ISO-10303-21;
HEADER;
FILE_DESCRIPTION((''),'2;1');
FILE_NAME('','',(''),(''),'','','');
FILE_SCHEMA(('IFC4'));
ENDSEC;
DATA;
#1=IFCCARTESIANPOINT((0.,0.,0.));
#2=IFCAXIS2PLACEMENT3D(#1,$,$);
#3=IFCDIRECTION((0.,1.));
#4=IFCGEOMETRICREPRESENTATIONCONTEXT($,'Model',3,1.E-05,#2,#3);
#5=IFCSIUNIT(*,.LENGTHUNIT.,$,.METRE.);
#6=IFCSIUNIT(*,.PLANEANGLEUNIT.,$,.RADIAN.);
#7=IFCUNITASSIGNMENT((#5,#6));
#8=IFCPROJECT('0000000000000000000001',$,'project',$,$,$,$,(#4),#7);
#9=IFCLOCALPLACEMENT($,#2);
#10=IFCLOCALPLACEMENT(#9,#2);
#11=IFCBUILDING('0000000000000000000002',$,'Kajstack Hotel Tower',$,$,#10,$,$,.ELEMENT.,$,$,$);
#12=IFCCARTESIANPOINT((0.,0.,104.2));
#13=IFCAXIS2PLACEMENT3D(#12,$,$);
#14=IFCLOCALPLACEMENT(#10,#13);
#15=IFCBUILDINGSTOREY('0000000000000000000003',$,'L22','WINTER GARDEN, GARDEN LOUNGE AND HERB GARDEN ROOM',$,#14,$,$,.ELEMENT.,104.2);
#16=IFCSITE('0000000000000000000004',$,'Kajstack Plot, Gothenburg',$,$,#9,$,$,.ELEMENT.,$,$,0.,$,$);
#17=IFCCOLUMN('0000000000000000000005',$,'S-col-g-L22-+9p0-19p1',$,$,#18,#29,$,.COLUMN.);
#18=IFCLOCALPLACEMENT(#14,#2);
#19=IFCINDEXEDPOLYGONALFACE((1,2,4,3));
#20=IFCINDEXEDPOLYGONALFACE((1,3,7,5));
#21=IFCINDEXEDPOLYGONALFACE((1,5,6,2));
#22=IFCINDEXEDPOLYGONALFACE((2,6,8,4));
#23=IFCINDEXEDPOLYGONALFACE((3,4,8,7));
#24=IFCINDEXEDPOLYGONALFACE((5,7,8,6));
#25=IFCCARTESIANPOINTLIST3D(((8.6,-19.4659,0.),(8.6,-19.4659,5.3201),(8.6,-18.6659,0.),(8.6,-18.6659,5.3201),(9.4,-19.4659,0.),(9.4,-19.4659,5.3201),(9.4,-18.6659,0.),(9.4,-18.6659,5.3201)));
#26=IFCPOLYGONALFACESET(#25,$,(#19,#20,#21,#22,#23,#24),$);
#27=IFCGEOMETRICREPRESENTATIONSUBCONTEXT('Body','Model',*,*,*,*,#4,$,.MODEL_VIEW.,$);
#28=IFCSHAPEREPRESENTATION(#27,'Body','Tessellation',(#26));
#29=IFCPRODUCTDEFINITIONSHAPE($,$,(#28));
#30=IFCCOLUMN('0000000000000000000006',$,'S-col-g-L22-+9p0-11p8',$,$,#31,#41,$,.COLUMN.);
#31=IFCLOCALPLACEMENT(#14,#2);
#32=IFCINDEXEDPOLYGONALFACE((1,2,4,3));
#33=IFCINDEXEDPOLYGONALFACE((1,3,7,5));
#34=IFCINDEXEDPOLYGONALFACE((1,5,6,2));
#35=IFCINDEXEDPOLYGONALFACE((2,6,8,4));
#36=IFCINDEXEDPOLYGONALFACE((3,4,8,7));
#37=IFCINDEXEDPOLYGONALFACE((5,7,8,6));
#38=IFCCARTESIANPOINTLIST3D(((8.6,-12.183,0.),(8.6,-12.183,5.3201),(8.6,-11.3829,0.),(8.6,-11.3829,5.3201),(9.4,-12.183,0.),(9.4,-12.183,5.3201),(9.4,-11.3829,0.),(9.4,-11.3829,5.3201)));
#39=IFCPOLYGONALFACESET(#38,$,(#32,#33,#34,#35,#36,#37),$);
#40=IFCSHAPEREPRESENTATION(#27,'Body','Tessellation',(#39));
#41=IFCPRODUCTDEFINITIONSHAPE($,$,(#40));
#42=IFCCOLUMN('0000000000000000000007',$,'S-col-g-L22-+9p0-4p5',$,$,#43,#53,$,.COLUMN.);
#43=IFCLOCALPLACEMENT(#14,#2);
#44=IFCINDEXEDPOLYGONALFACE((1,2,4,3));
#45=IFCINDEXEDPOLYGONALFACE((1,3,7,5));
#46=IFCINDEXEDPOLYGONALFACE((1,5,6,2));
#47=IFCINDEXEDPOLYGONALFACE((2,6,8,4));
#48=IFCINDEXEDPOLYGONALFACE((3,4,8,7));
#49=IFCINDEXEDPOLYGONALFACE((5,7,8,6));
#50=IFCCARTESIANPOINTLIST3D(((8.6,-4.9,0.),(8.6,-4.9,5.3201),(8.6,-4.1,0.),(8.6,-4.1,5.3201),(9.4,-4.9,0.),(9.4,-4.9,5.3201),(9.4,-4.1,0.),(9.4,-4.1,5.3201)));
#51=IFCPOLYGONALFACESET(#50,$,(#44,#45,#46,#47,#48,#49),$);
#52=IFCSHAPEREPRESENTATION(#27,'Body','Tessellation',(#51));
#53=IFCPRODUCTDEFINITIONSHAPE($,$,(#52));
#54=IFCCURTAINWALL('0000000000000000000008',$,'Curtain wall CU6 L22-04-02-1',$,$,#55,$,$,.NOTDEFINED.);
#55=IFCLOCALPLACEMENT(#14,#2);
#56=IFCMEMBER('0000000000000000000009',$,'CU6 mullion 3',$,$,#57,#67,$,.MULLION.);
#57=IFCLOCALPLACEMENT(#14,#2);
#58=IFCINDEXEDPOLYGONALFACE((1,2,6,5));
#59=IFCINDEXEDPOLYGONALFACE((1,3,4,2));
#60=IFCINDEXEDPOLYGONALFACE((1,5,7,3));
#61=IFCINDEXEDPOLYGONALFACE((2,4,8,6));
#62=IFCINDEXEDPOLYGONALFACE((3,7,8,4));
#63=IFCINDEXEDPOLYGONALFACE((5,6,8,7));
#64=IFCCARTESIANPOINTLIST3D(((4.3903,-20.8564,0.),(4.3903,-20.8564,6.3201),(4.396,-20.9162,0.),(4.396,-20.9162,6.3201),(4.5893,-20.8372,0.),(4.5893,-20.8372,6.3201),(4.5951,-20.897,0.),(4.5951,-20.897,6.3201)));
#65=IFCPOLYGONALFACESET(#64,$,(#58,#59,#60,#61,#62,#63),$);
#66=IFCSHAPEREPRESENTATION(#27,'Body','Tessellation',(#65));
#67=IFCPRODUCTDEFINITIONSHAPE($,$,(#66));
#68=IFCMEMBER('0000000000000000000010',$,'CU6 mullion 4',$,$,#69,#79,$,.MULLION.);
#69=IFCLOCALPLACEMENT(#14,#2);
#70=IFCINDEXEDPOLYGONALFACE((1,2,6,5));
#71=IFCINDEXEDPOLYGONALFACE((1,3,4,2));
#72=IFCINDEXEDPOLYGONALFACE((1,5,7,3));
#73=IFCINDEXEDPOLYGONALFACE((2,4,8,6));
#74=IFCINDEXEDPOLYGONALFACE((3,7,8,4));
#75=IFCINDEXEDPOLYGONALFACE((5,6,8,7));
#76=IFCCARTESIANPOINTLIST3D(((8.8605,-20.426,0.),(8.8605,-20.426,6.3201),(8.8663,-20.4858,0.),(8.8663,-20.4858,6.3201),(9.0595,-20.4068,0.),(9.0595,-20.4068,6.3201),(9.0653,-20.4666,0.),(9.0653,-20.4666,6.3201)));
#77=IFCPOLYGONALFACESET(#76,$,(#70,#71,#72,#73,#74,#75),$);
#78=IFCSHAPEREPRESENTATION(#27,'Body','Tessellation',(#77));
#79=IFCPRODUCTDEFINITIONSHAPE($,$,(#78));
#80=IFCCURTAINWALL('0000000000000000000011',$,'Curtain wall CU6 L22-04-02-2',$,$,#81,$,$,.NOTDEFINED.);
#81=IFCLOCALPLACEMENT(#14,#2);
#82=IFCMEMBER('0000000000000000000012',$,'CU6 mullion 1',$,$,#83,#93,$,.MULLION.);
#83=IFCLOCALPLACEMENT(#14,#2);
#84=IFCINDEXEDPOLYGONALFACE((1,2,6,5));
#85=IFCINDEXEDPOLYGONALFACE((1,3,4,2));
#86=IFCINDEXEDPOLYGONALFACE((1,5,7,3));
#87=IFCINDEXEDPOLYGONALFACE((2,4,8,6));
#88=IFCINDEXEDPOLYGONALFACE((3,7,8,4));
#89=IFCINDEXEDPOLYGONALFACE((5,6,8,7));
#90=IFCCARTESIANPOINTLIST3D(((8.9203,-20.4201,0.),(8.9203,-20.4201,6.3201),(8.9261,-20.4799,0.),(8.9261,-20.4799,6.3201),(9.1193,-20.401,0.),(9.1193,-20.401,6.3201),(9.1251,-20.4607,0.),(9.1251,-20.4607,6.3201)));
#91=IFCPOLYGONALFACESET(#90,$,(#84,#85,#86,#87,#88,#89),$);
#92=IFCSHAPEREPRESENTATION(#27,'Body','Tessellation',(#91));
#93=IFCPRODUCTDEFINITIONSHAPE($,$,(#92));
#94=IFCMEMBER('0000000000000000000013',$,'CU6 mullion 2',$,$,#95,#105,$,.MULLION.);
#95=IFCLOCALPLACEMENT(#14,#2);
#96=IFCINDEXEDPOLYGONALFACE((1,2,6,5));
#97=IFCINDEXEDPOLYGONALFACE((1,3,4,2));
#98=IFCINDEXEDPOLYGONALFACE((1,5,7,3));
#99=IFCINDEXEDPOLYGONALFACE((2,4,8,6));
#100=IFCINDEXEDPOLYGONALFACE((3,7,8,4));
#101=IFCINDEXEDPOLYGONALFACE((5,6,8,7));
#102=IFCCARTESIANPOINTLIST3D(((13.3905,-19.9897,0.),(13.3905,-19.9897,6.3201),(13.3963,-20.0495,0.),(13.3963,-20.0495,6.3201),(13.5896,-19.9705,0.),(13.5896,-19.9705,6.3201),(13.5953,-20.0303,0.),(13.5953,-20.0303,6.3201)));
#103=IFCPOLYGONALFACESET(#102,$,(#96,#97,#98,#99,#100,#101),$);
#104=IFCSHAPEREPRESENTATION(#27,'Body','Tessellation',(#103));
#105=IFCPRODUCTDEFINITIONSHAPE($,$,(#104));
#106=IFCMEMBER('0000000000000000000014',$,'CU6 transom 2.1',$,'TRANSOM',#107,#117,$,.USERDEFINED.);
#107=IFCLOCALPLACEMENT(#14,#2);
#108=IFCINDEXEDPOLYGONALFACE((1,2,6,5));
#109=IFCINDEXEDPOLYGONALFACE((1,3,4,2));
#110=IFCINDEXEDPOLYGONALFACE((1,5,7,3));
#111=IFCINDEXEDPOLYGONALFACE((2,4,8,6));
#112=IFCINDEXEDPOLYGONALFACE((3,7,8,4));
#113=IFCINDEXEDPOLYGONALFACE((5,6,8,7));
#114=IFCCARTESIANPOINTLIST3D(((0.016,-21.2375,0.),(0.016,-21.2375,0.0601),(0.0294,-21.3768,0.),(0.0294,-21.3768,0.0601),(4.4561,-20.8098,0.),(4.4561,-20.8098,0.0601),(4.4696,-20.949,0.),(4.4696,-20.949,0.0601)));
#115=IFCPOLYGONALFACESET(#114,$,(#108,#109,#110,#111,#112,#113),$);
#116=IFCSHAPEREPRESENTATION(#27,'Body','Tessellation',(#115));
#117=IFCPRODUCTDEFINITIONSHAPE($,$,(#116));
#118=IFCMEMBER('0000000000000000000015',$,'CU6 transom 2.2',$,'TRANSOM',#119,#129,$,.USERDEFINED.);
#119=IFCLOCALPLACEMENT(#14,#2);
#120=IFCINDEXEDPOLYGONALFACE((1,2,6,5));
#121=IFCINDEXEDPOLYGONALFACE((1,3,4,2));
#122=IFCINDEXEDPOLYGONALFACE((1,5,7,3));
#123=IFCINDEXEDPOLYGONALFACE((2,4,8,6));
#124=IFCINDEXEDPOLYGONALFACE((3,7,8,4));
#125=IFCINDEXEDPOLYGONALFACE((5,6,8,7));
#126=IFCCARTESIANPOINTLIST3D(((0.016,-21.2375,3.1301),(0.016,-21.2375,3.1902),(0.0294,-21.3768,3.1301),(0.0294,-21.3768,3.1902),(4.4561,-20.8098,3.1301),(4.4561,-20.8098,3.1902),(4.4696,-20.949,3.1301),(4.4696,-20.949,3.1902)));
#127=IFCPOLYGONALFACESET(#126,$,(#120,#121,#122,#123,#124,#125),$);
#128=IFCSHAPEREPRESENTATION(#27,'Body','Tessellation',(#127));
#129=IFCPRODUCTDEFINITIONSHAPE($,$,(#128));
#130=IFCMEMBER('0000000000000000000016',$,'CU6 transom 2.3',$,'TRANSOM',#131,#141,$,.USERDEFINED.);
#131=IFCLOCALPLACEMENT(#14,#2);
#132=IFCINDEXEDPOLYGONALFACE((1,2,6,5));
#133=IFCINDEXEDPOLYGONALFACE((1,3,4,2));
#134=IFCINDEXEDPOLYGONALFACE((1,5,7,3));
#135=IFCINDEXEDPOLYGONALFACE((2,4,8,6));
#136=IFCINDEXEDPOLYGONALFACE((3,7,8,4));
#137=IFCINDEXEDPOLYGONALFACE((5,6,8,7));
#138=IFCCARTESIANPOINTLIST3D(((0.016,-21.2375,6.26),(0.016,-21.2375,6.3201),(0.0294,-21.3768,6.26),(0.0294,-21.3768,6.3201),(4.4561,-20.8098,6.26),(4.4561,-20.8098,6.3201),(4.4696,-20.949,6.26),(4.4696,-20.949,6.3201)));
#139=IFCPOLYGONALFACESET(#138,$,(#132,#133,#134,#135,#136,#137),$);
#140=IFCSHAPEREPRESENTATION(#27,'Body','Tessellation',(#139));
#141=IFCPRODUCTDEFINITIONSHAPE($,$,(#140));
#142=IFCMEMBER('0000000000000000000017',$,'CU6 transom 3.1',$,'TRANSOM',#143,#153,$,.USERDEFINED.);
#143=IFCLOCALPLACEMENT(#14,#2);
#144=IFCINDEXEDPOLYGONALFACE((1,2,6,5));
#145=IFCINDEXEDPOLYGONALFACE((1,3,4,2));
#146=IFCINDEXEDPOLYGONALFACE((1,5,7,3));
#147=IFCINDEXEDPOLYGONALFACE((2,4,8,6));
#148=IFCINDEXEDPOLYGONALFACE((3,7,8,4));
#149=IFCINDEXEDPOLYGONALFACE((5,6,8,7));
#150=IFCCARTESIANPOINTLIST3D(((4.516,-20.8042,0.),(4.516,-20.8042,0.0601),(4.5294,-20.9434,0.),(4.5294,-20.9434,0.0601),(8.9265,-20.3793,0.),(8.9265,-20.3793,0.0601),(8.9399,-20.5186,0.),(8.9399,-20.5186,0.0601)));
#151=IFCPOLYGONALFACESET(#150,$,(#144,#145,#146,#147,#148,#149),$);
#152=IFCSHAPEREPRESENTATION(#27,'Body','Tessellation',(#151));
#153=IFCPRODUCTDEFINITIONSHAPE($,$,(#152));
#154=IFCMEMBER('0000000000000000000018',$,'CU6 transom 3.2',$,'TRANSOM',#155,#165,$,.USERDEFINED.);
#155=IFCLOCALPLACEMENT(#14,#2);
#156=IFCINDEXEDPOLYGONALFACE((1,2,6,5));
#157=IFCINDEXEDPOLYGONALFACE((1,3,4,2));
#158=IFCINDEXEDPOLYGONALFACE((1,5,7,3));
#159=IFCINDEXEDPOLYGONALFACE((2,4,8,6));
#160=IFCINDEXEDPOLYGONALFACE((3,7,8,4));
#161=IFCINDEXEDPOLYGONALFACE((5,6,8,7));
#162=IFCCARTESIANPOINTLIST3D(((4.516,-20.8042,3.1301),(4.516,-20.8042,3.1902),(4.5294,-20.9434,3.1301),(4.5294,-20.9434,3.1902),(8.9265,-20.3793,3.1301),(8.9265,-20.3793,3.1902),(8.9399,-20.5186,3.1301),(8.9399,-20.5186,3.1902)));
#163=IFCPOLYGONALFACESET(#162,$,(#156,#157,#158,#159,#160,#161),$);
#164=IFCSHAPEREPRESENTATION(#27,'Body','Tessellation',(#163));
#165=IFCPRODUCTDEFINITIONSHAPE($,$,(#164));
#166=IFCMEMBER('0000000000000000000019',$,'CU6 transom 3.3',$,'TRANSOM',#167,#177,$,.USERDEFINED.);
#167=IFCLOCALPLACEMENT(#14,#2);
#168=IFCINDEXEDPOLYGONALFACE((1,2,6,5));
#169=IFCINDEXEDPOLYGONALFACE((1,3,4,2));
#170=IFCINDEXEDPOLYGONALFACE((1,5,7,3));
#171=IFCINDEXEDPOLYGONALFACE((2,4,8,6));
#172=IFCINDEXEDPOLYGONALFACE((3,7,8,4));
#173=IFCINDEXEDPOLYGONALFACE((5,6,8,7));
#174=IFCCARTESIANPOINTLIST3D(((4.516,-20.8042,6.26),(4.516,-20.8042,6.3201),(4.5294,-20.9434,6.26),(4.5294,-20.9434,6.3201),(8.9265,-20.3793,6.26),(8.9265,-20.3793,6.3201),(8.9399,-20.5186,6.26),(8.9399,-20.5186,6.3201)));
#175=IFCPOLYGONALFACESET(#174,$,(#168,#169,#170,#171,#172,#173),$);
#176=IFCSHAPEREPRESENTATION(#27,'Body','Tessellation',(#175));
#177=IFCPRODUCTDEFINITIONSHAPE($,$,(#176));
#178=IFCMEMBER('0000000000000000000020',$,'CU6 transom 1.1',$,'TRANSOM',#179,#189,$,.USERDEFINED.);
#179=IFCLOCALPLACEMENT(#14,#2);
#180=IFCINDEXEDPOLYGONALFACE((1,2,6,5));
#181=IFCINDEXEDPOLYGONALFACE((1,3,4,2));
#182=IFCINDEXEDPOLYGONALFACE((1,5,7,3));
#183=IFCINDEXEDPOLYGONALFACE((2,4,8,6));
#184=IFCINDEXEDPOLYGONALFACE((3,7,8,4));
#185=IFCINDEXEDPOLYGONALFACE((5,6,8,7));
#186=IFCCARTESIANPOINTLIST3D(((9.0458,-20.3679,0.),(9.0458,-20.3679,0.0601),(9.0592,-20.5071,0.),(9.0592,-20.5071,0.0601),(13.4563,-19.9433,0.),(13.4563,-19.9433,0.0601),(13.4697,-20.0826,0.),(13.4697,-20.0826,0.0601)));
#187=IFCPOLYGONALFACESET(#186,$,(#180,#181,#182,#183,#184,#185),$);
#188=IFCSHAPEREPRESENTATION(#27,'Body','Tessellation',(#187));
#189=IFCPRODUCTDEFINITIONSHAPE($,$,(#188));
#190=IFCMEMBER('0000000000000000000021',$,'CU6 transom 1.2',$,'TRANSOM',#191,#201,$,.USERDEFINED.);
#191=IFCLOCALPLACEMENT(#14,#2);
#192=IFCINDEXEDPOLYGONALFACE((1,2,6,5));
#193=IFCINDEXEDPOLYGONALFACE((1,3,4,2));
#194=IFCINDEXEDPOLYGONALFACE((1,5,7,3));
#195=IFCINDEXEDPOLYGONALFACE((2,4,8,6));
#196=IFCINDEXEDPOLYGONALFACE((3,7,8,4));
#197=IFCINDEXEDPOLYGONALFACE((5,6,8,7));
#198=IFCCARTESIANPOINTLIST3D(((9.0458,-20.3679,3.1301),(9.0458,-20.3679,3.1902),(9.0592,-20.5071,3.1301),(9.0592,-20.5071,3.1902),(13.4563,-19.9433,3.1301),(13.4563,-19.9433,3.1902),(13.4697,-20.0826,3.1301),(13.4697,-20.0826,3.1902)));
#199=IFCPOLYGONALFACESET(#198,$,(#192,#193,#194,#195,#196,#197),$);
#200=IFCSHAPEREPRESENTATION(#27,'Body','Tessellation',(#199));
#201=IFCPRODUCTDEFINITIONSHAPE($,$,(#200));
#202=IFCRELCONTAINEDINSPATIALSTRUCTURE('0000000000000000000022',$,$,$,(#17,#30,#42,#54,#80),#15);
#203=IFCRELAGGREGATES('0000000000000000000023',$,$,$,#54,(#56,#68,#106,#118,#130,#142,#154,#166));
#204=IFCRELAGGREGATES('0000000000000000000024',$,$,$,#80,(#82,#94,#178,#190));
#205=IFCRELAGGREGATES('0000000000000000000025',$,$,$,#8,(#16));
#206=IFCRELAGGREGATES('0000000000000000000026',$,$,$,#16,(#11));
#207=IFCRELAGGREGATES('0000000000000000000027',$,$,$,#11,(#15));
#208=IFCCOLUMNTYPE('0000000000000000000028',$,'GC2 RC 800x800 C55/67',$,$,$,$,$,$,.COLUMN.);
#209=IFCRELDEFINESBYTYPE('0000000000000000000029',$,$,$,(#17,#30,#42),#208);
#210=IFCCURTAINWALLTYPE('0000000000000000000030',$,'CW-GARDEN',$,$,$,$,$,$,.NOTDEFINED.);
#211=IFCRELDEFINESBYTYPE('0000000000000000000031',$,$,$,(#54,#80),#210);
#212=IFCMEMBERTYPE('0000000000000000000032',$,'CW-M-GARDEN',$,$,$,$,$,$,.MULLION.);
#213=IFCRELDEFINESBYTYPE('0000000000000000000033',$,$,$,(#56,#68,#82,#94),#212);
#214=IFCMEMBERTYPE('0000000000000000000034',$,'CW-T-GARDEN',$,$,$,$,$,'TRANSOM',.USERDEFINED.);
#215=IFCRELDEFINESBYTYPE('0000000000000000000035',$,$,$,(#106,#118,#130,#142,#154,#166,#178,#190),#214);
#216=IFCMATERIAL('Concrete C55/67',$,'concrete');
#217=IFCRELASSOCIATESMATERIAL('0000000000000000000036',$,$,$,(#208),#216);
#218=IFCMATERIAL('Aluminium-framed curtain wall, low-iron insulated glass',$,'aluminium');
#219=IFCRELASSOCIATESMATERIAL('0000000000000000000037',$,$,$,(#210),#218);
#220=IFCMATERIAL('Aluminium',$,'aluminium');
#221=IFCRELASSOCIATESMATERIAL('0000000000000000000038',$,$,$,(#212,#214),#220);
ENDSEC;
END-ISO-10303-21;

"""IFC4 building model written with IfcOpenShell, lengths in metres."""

from ifc_helpers import new_model, si_unit, direction, frame, origin, origin_2d, place, context, subcontext, project, spatial, rectangle, extrude, material, material_profile, profile_set, type_object, element, aggregate, save


model = new_model("IFC4")

# Units and contexts
model_context = context("Model", 3, precision=1e-05, world=origin(), true_north=direction((0.0, 1.0)))
body_context = subcontext(model_context, "Body", "Model", "MODEL_VIEW")
ifc_project = project(units=[si_unit("LENGTHUNIT", "METRE"), si_unit("PLANEANGLEUNIT", "RADIAN")], contexts=[model_context])

# Site, building, storey
site_placement = place(None, origin())
site = spatial("IfcSite", under=ifc_project, at=site_placement, Name="Kajstack Plot, Gothenburg", CompositionType="ELEMENT", RefElevation=0.0)
building_placement = place(site_placement, origin())
building = spatial("IfcBuilding", under=site, at=building_placement, Name="Kajstack Hotel Tower", CompositionType="ELEMENT")
storey_placement = place(building_placement, frame((0.0, 0.0, 104.2)))
storey = spatial("IfcBuildingStorey", under=building, at=storey_placement, Name="L22", Description="WINTER GARDEN, GARDEN LOUNGE AND HERB GARDEN ROOM", CompositionType="ELEMENT", Elevation=104.2)

# Columns
ifc_material_1 = material(Name="Concrete C55/67", Category="concrete")
ifc_material_profile_1 = material_profile(ifc_material_1, rectangle(XDim=0.8, YDim=0.8, at=origin_2d()), Name="RC 800x800")
ifc_profile_set_1 = profile_set([ifc_material_profile_1], Name="Concrete C55/67")
column_type = type_object("IfcColumnType", Name="GC2 RC 800x800 C55/67", PredefinedType="COLUMN", material=ifc_profile_set_1)
for number, where, z_axis, x_axis, name in (
    (1, (9.0, -19.0659, 0.0), (0.0, 0.0, 1.0), (1.0, 0.0, 0.0), "S-col-g-L22-+9p0-19p1"),
    (2, (9.0, -11.783, 0.0), (0.0, 0.0, 1.0), (1.0, 0.0, 0.0), "S-col-g-L22-+9p0-11p8"),
    (3, (9.0, -4.5, 0.0), (0.0, 0.0, 1.0), (1.0, 0.0, 0.0), "S-col-g-L22-+9p0-4p5"),
):
    element("IfcColumn", number, at=place(storey_placement, frame(where, z_axis=z_axis, x_axis=x_axis)), inside=storey, type_object=column_type, Name=name, PredefinedType="COLUMN", context=body_context, shape_type="SweptSolid", body=[
        extrude(rectangle(XDim=0.8, YDim=0.8, at=origin_2d()), origin(), (0.0, 0.0, 1.0), 5.3201),
    ])

# Curtain walls, members
ifc_material_2 = material(Name="Aluminium-framed curtain wall, low-iron insulated glass", Category="aluminium")
curtain_wall_type = type_object("IfcCurtainWallType", Name="CW-GARDEN", PredefinedType="NOTDEFINED", material=ifc_material_2)
curtain_wall_1_placement = place(storey_placement, origin())
curtain_wall_1 = element("IfcCurtainWall", 4, at=curtain_wall_1_placement, inside=storey, type_object=curtain_wall_type, Name="Curtain wall CU6 L22-04-02-1", PredefinedType="NOTDEFINED")
ifc_material_3 = material(Name="Aluminium", Category="aluminium")
ifc_material_profile_2 = material_profile(ifc_material_3, rectangle(XDim=0.0601, YDim=0.2, at=origin_2d()), Name="Aluminium mullion 60 x 200")
ifc_profile_set_2 = profile_set([ifc_material_profile_2], Name="Aluminium")
member_type_1 = type_object("IfcMemberType", Name="CW-M-GARDEN", PredefinedType="MULLION", material=ifc_profile_set_2)
member_1_placement = place(storey_placement, frame((4.4927, -20.8767, 0.0), z_axis=(0.0, 0.0, 1.0), x_axis=(-0.095846, 0.995396, 0.0)))
member_1 = element("IfcMember", 5, at=member_1_placement, type_object=member_type_1, Name="CU6 mullion 3", PredefinedType="MULLION", context=body_context, shape_type="SweptSolid", body=[
    extrude(rectangle(XDim=0.0601, YDim=0.2, at=origin_2d()), origin(), (0.0, 0.0, 1.0), 6.3201),
])
member_2_placement = place(storey_placement, frame((8.9629, -20.4463, 0.0), z_axis=(0.0, 0.0, 1.0), x_axis=(-0.095846, 0.995396, 0.0)))
member_2 = element("IfcMember", 6, at=member_2_placement, type_object=member_type_1, Name="CU6 mullion 4", PredefinedType="MULLION", context=body_context, shape_type="SweptSolid", body=[
    extrude(rectangle(XDim=0.0601, YDim=0.2, at=origin_2d()), origin(), (0.0, 0.0, 1.0), 6.3201),
])
curtain_wall_2_placement = place(storey_placement, origin())
curtain_wall_2 = element("IfcCurtainWall", 7, at=curtain_wall_2_placement, inside=storey, type_object=curtain_wall_type, Name="Curtain wall CU6 L22-04-02-2", PredefinedType="NOTDEFINED")
member_3_placement = place(storey_placement, frame((9.0227, -20.4404, 0.0), z_axis=(0.0, 0.0, 1.0), x_axis=(-0.095846, 0.995396, 0.0)))
member_3 = element("IfcMember", 8, at=member_3_placement, type_object=member_type_1, Name="CU6 mullion 1", PredefinedType="MULLION", context=body_context, shape_type="SweptSolid", body=[
    extrude(rectangle(XDim=0.0601, YDim=0.2, at=origin_2d()), origin(), (0.0, 0.0, 1.0), 6.3201),
])
member_4_placement = place(storey_placement, frame((13.4929, -20.01, 0.0), z_axis=(0.0, 0.0, 1.0), x_axis=(-0.095846, 0.995396, 0.0)))
member_4 = element("IfcMember", 9, at=member_4_placement, type_object=member_type_1, Name="CU6 mullion 2", PredefinedType="MULLION", context=body_context, shape_type="SweptSolid", body=[
    extrude(rectangle(XDim=0.0601, YDim=0.2, at=origin_2d()), origin(), (0.0, 0.0, 1.0), 6.3201),
])

# Members
ifc_material_profile_3 = material_profile(ifc_material_3, rectangle(XDim=0.1399, YDim=0.0601, at=origin_2d()), Name="Aluminium transom 140 x 60")
ifc_profile_set_3 = profile_set([ifc_material_profile_3], Name="Aluminium")
member_type_2 = type_object("IfcMemberType", Name="CW-T-GARDEN", ElementType="TRANSOM", PredefinedType="USERDEFINED", material=ifc_profile_set_3)
member_5_placement = place(storey_placement, frame((0.0227, -21.3071, 0.03), z_axis=(0.995392, 0.095889, 0.0), x_axis=(-0.095889, 0.995392, 0.0)))
member_5 = element("IfcMember", 10, at=member_5_placement, type_object=member_type_2, Name="CU6 transom 2.1", ObjectType="TRANSOM", PredefinedType="USERDEFINED", context=body_context, shape_type="SweptSolid", body=[
    extrude(rectangle(XDim=0.1399, YDim=0.0601, at=origin_2d()), origin(), (0.0, 0.0, 1.0), 4.4607),
])
member_6_placement = place(storey_placement, frame((0.0227, -21.3071, 3.1602), z_axis=(0.995392, 0.095889, 0.0), x_axis=(-0.095889, 0.995392, 0.0)))
member_6 = element("IfcMember", 11, at=member_6_placement, type_object=member_type_2, Name="CU6 transom 2.2", ObjectType="TRANSOM", PredefinedType="USERDEFINED", context=body_context, shape_type="SweptSolid", body=[
    extrude(rectangle(XDim=0.1399, YDim=0.0601, at=origin_2d()), origin(), (0.0, 0.0, 1.0), 4.4607),
])
member_7_placement = place(storey_placement, frame((0.0227, -21.3071, 6.29), z_axis=(0.995392, 0.095889, 0.0), x_axis=(-0.095889, 0.995392, 0.0)))
member_7 = element("IfcMember", 12, at=member_7_placement, type_object=member_type_2, Name="CU6 transom 2.3", ObjectType="TRANSOM", PredefinedType="USERDEFINED", context=body_context, shape_type="SweptSolid", body=[
    extrude(rectangle(XDim=0.1399, YDim=0.0601, at=origin_2d()), origin(), (0.0, 0.0, 1.0), 4.4607),
])
member_8_placement = place(storey_placement, frame((4.5227, -20.8738, 0.03), z_axis=(0.995393, 0.095875, 0.0), x_axis=(-0.095875, 0.995393, 0.0)))
member_8 = element("IfcMember", 13, at=member_8_placement, type_object=member_type_2, Name="CU6 transom 3.1", ObjectType="TRANSOM", PredefinedType="USERDEFINED", context=body_context, shape_type="SweptSolid", body=[
    extrude(rectangle(XDim=0.1399, YDim=0.0601, at=origin_2d()), origin(), (0.0, 0.0, 1.0), 4.4309),
])
member_9_placement = place(storey_placement, frame((4.5227, -20.8738, 3.1602), z_axis=(0.995393, 0.095875, 0.0), x_axis=(-0.095875, 0.995393, 0.0)))
member_9 = element("IfcMember", 14, at=member_9_placement, type_object=member_type_2, Name="CU6 transom 3.2", ObjectType="TRANSOM", PredefinedType="USERDEFINED", context=body_context, shape_type="SweptSolid", body=[
    extrude(rectangle(XDim=0.1399, YDim=0.0601, at=origin_2d()), origin(), (0.0, 0.0, 1.0), 4.4309),
])
member_10_placement = place(storey_placement, frame((4.5227, -20.8738, 6.29), z_axis=(0.995393, 0.095875, 0.0), x_axis=(-0.095875, 0.995393, 0.0)))
member_10 = element("IfcMember", 15, at=member_10_placement, type_object=member_type_2, Name="CU6 transom 3.3", ObjectType="TRANSOM", PredefinedType="USERDEFINED", context=body_context, shape_type="SweptSolid", body=[
    extrude(rectangle(XDim=0.1399, YDim=0.0601, at=origin_2d()), origin(), (0.0, 0.0, 1.0), 4.4309),
])
member_11_placement = place(storey_placement, frame((9.0525, -20.4375, 0.03), z_axis=(0.995399, 0.095821, 0.0), x_axis=(-0.095821, 0.995399, 0.0)))
member_11 = element("IfcMember", 16, at=member_11_placement, type_object=member_type_2, Name="CU6 transom 1.1", ObjectType="TRANSOM", PredefinedType="USERDEFINED", context=body_context, shape_type="SweptSolid", body=[
    extrude(rectangle(XDim=0.1399, YDim=0.0601, at=origin_2d()), origin(), (0.0, 0.0, 1.0), 4.4309),
])
member_12_placement = place(storey_placement, frame((9.0525, -20.4375, 3.1602), z_axis=(0.995399, 0.095821, 0.0), x_axis=(-0.095821, 0.995399, 0.0)))
member_12 = element("IfcMember", 17, at=member_12_placement, type_object=member_type_2, Name="CU6 transom 1.2", ObjectType="TRANSOM", PredefinedType="USERDEFINED", context=body_context, shape_type="SweptSolid", body=[
    extrude(rectangle(XDim=0.1399, YDim=0.0601, at=origin_2d()), origin(), (0.0, 0.0, 1.0), 4.4309),
])

aggregate(curtain_wall_1, [member_1, member_2, member_5, member_6, member_7, member_8, member_9, member_10])
aggregate(curtain_wall_2, [member_3, member_4, member_11, member_12])

save(model, "model.ifc")
